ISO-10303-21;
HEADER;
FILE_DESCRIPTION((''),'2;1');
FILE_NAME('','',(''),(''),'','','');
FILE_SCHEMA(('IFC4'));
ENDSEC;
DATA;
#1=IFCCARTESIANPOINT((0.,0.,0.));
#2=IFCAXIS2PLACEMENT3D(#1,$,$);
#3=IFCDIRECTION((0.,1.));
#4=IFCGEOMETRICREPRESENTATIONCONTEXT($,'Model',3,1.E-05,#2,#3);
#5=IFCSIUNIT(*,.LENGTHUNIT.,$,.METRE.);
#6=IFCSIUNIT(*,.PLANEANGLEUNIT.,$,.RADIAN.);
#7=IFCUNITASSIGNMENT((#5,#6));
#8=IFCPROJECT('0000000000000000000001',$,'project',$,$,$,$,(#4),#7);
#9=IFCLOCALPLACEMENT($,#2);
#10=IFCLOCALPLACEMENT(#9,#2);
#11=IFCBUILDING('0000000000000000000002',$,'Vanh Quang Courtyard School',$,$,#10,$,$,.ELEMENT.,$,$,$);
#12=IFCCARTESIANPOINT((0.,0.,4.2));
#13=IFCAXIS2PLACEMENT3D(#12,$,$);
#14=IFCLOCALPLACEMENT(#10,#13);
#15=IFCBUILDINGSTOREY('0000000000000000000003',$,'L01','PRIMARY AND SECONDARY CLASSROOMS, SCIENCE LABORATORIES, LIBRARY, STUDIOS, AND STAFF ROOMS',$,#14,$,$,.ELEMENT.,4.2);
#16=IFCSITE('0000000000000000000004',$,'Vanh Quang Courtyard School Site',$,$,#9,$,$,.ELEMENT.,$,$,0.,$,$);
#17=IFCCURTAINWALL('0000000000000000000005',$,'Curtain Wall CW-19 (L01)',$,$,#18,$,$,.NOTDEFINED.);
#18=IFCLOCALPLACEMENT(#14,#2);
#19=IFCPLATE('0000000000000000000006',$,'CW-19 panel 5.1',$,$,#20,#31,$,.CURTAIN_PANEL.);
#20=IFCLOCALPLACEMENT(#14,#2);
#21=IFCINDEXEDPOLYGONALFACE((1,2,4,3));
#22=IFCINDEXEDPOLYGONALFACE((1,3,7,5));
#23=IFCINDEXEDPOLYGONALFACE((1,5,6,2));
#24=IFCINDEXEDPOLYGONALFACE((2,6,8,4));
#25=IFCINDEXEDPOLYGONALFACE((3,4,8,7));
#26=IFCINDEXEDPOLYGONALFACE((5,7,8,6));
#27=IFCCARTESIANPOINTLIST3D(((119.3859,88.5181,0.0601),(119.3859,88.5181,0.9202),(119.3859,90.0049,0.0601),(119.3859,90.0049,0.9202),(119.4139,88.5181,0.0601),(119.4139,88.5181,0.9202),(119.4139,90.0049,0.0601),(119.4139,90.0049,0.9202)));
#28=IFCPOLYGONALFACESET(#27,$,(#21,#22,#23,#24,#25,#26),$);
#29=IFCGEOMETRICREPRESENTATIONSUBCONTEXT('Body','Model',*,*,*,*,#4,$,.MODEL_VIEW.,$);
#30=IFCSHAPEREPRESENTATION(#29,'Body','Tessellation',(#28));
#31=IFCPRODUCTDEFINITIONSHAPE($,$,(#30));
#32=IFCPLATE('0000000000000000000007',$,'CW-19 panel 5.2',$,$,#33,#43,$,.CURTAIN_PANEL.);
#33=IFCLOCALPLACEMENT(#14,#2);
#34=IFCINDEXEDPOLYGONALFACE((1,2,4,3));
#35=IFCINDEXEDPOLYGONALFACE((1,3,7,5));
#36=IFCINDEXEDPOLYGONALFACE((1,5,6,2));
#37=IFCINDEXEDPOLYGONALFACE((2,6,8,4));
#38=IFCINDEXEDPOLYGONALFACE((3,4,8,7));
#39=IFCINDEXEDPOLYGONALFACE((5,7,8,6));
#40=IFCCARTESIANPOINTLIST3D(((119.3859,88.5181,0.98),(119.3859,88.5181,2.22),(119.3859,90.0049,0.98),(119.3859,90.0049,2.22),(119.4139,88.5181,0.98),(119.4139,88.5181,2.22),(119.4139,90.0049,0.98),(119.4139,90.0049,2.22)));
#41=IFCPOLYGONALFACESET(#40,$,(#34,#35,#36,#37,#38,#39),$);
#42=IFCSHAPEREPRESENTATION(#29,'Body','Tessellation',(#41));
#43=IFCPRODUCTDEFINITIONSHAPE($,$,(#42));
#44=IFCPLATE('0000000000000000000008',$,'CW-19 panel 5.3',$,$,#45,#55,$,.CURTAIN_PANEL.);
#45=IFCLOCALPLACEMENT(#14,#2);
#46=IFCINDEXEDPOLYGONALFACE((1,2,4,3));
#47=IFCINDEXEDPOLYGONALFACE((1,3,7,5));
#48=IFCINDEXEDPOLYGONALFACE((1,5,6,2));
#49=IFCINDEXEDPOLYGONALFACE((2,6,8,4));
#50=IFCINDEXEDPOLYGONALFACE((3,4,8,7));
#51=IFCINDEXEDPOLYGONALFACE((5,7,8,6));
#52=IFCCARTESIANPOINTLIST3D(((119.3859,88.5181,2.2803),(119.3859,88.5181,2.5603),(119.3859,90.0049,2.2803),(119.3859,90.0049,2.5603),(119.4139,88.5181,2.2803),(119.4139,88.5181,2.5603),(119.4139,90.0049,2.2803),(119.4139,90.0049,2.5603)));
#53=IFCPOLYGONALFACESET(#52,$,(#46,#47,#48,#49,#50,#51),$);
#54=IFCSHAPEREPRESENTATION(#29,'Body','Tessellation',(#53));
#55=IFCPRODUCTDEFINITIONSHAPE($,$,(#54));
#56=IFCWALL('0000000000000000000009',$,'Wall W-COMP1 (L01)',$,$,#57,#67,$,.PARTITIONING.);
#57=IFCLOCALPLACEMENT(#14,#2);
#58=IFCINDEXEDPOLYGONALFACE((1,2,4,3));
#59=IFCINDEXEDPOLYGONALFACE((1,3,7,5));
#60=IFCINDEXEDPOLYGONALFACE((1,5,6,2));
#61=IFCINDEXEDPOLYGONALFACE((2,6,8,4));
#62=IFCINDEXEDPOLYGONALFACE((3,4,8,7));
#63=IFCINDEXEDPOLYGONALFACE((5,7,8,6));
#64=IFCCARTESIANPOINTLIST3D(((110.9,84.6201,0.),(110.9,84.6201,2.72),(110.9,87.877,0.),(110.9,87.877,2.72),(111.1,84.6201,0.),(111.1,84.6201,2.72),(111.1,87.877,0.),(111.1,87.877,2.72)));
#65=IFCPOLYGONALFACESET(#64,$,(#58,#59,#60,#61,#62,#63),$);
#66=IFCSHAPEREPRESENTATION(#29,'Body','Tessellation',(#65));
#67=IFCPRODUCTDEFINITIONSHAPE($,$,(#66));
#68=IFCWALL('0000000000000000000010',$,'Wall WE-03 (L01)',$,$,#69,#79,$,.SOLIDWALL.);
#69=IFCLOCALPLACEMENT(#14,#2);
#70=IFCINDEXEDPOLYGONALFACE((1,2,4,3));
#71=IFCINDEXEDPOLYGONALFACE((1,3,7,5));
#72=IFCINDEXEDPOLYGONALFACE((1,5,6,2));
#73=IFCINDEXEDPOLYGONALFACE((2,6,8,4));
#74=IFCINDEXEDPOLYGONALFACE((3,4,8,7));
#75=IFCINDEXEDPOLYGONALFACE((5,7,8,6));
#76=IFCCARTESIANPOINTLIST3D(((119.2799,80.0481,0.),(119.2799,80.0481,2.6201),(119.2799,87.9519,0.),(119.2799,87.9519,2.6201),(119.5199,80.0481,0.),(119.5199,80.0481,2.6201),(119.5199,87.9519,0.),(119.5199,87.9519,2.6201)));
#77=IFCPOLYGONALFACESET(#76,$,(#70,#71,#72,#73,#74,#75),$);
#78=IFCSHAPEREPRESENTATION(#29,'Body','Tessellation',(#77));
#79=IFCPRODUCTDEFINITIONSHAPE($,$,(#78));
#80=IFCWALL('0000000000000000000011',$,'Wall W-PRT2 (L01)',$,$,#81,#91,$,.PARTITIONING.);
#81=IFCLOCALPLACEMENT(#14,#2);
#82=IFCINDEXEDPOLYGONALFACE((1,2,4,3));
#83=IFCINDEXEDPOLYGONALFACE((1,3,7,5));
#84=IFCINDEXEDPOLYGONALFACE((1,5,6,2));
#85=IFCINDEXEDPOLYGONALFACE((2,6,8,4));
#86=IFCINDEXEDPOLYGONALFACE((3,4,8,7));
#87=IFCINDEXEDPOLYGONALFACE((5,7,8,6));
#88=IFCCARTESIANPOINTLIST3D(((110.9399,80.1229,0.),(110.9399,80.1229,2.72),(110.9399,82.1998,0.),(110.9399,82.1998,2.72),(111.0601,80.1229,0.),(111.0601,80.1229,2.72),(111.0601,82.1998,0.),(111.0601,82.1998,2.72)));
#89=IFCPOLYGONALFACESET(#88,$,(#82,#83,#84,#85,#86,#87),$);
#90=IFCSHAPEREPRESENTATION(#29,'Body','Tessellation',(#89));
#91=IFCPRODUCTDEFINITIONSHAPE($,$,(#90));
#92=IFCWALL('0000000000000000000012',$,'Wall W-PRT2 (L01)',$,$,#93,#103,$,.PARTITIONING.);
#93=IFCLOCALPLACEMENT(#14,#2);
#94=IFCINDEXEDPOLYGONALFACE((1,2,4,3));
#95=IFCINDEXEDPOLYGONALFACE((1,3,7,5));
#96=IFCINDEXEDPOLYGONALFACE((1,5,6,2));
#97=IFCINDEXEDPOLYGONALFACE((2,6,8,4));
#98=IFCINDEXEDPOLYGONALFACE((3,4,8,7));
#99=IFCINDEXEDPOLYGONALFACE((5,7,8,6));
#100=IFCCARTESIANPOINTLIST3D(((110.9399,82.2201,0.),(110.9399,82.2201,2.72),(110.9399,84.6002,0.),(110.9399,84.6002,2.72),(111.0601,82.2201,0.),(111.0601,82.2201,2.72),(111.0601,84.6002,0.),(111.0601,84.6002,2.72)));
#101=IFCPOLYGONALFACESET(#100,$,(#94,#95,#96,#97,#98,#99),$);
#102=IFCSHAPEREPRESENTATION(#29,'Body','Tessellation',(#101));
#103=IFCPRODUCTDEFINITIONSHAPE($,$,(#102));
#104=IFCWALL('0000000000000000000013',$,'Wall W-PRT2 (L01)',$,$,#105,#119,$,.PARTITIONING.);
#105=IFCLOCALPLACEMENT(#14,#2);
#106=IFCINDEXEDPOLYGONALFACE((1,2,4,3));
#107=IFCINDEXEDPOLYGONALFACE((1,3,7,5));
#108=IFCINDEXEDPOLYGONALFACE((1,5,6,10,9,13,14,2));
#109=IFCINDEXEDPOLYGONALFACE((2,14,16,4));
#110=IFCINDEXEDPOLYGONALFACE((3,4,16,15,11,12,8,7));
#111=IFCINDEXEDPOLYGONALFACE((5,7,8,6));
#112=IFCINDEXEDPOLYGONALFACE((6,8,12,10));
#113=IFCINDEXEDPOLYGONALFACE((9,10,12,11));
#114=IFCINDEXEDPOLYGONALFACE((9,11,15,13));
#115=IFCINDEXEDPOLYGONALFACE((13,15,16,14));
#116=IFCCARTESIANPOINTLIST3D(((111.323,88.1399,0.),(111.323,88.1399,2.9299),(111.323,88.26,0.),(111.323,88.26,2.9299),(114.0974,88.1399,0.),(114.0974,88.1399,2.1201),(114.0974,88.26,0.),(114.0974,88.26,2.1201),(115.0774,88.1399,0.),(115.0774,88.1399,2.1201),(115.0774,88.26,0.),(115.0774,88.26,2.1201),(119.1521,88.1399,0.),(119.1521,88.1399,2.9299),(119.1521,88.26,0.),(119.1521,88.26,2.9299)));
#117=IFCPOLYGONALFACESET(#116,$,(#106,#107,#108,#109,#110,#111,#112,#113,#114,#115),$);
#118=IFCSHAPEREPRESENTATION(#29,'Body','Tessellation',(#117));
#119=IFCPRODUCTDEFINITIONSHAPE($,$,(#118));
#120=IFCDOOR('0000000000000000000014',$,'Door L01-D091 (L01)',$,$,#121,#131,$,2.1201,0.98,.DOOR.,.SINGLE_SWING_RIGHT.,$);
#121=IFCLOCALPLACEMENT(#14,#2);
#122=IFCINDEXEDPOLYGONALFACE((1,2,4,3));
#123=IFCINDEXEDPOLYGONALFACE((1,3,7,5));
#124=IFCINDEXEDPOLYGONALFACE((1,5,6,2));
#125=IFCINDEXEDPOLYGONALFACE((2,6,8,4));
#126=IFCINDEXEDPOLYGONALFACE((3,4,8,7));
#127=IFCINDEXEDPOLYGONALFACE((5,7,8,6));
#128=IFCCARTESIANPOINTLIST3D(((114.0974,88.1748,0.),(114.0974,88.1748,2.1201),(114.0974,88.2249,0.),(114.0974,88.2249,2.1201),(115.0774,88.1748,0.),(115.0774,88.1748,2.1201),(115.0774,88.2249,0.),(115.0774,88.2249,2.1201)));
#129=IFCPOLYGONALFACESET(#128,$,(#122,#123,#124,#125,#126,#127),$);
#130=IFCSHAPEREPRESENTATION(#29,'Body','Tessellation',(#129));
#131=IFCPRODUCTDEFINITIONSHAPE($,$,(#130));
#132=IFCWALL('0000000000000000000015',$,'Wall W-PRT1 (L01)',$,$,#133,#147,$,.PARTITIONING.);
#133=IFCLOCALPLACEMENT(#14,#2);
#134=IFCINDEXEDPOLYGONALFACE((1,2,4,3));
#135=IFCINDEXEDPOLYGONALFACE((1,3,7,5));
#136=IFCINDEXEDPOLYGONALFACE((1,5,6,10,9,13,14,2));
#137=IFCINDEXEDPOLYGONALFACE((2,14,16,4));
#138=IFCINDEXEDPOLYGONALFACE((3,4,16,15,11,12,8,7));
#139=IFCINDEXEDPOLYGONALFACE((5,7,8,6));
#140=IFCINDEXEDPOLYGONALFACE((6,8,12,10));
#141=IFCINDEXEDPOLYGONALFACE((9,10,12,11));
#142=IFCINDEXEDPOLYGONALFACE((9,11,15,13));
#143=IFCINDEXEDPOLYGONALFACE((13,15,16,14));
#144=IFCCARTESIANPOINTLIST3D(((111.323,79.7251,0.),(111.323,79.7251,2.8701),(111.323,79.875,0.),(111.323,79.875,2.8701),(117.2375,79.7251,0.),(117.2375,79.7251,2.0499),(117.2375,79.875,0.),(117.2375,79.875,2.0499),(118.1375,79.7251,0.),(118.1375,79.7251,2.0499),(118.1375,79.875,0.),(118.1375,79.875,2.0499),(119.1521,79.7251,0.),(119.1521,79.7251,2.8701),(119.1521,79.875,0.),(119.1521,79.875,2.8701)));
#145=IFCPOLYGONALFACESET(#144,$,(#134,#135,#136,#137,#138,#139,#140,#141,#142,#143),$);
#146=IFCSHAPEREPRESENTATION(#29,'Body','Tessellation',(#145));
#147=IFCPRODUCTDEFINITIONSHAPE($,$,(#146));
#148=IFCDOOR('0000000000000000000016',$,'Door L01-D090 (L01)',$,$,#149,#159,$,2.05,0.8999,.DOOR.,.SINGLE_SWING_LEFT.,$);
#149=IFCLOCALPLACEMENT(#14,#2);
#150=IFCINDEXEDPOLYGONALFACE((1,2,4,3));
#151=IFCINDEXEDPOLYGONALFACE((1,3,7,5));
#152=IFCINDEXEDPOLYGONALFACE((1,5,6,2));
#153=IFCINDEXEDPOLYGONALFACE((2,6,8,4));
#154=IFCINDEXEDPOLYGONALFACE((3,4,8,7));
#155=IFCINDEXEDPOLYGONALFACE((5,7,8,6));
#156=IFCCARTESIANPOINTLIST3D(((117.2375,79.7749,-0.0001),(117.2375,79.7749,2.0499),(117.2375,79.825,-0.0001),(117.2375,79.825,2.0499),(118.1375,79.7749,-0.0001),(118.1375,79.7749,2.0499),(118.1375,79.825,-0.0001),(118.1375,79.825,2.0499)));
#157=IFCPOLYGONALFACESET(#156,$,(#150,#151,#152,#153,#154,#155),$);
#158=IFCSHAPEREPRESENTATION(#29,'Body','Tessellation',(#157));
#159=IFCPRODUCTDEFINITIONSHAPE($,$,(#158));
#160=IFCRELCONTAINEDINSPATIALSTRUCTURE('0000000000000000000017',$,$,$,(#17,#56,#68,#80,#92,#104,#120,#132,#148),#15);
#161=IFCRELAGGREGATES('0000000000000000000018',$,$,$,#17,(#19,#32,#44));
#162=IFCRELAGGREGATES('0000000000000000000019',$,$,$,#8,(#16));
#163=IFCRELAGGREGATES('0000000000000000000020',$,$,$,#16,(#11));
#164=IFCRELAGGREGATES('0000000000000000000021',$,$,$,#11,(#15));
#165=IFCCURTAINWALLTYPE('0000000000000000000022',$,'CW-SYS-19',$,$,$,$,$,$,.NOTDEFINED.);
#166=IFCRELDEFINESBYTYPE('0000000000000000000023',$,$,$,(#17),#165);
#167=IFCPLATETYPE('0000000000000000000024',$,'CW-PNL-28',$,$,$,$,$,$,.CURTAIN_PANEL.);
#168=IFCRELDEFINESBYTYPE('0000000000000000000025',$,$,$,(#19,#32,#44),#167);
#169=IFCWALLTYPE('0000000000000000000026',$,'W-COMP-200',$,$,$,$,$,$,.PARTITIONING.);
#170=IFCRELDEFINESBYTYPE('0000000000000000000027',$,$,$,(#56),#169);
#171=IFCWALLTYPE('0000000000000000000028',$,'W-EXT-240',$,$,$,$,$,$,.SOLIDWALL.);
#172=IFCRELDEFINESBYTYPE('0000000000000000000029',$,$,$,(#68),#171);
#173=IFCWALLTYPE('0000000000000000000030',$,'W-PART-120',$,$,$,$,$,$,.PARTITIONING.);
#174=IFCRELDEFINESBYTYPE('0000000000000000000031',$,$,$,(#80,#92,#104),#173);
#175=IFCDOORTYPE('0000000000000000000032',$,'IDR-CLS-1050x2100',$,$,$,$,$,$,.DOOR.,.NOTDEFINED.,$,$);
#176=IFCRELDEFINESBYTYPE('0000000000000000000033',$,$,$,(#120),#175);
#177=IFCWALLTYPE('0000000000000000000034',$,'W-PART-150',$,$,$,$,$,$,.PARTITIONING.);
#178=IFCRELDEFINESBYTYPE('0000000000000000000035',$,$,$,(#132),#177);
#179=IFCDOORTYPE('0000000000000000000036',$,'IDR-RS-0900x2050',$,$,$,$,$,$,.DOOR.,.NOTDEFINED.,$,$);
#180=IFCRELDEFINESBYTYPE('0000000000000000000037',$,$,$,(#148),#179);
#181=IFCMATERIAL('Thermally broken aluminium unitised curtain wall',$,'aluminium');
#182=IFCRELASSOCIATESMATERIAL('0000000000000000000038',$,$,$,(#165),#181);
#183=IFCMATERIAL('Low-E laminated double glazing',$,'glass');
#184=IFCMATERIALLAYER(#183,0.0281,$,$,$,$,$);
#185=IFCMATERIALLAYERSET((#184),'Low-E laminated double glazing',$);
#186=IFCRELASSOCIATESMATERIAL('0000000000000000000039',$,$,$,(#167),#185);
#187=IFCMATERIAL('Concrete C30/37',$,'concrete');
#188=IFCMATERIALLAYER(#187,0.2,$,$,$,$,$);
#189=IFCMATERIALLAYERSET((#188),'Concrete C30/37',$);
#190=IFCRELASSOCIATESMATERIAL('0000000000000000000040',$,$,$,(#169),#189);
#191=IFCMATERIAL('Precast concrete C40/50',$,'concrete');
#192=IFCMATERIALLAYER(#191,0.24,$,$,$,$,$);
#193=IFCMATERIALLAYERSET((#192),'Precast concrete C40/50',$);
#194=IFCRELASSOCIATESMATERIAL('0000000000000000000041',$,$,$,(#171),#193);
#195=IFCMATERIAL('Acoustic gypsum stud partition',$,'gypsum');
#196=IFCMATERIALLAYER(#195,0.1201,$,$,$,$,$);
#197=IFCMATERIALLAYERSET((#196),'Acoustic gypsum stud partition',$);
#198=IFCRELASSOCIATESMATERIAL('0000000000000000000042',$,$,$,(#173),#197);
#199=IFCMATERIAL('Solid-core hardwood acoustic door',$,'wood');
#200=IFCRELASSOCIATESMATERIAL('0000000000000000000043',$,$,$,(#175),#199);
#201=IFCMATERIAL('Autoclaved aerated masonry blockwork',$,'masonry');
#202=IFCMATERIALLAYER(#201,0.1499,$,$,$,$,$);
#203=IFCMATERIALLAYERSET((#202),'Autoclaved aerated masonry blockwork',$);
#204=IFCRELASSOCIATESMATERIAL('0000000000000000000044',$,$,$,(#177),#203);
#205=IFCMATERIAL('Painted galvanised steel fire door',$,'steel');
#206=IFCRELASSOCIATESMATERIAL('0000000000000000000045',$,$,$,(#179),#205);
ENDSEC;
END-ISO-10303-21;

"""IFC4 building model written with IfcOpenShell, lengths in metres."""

from ifc_helpers import new_model, si_unit, direction, frame, frame_2d, origin, origin_2d, place, context, subcontext, project, spatial, rectangle, extrude, material, layer, layer_set, type_object, element, fill, aggregate, save


model = new_model("IFC4")

# Units and contexts
model_context = context("Model", 3, precision=1e-05, world=origin(), true_north=direction((0.0, 1.0)))
body_context = subcontext(model_context, "Body", "Model", "MODEL_VIEW")
ifc_project = project(units=[si_unit("LENGTHUNIT", "METRE"), si_unit("PLANEANGLEUNIT", "RADIAN")], contexts=[model_context])

# Site, building, storey
site_placement = place(None, origin())
site = spatial("IfcSite", under=ifc_project, at=site_placement, Name="Vanh Quang Courtyard School Site", CompositionType="ELEMENT", RefElevation=0.0)
building_placement = place(site_placement, origin())
building = spatial("IfcBuilding", under=site, at=building_placement, Name="Vanh Quang Courtyard School", CompositionType="ELEMENT")
storey_placement = place(building_placement, frame((0.0, 0.0, 4.2)))
storey = spatial("IfcBuildingStorey", under=building, at=storey_placement, Name="L01", Description="PRIMARY AND SECONDARY CLASSROOMS, SCIENCE LABORATORIES, LIBRARY, STUDIOS, AND STAFF ROOMS", CompositionType="ELEMENT", Elevation=4.2)

# Curtain wall
ifc_material_1 = material(Name="Thermally broken aluminium unitised curtain wall", Category="aluminium")
curtain_wall_type = type_object("IfcCurtainWallType", Name="CW-SYS-19", PredefinedType="NOTDEFINED", material=ifc_material_1)
curtain_wall_placement = place(storey_placement, origin())
curtain_wall = element("IfcCurtainWall", 1, at=curtain_wall_placement, inside=storey, type_object=curtain_wall_type, Name="Curtain Wall CW-19 (L01)", PredefinedType="NOTDEFINED")

# Plates
ifc_material_2 = material(Name="Low-E laminated double glazing", Category="glass")
ifc_layer_1 = layer(ifc_material_2, 0.0281)
ifc_layer_set_1 = layer_set([ifc_layer_1], Name="Low-E laminated double glazing")
plate_type = type_object("IfcPlateType", Name="CW-PNL-28", PredefinedType="CURTAIN_PANEL", material=ifc_layer_set_1)
plate_1_placement = place(storey_placement, frame((119.3999, 89.2615, 0.0601), z_axis=(0.0, 0.0, 1.0), x_axis=(0.0, -1.0, 0.0)))
plate_1 = element("IfcPlate", 2, at=plate_1_placement, type_object=plate_type, Name="CW-19 panel 5.1", PredefinedType="CURTAIN_PANEL", context=body_context, shape_type="SweptSolid", body=[
    extrude(rectangle(XDim=1.4868, YDim=0.0281, at=origin_2d()), origin(), (0.0, 0.0, 1.0), 0.8601),
])
plate_2_placement = place(storey_placement, frame((119.3999, 89.2615, 0.98), z_axis=(0.0, 0.0, 1.0), x_axis=(0.0, -1.0, 0.0)))
plate_2 = element("IfcPlate", 3, at=plate_2_placement, type_object=plate_type, Name="CW-19 panel 5.2", PredefinedType="CURTAIN_PANEL", context=body_context, shape_type="SweptSolid", body=[
    extrude(rectangle(XDim=1.4868, YDim=0.0281, at=origin_2d()), origin(), (0.0, 0.0, 1.0), 1.24),
])
plate_3_placement = place(storey_placement, frame((119.3999, 89.2615, 2.2803), z_axis=(0.0, 0.0, 1.0), x_axis=(0.0, -1.0, 0.0)))
plate_3 = element("IfcPlate", 4, at=plate_3_placement, type_object=plate_type, Name="CW-19 panel 5.3", PredefinedType="CURTAIN_PANEL", context=body_context, shape_type="SweptSolid", body=[
    extrude(rectangle(XDim=1.4868, YDim=0.0281, at=origin_2d()), origin(), (0.0, 0.0, 1.0), 0.28),
])
aggregate(curtain_wall, [plate_1, plate_2, plate_3])

# Walls
ifc_material_3 = material(Name="Concrete C30/37", Category="concrete")
ifc_layer_2 = layer(ifc_material_3, 0.2)
ifc_layer_set_2 = layer_set([ifc_layer_2], Name="Concrete C30/37")
wall_type_1 = type_object("IfcWallType", Name="W-COMP-200", PredefinedType="PARTITIONING", material=ifc_layer_set_2)
wall_1_placement = place(storey_placement, frame((111.0, 87.877, 0.0), z_axis=(0.0, 0.0, 1.0), x_axis=(0.0, -1.0, 0.0)))
element("IfcWall", 5, at=wall_1_placement, inside=storey, type_object=wall_type_1, Name="Wall W-COMP1 (L01)", PredefinedType="PARTITIONING", context=body_context, shape_type="SweptSolid", body=[
    extrude(rectangle(XDim=3.2568, YDim=0.2, at=frame_2d((1.6284, 0.0))), origin(), (0.0, 0.0, 1.0), 2.72),
])
ifc_material_4 = material(Name="Precast concrete C40/50", Category="concrete")
ifc_layer_3 = layer(ifc_material_4, 0.24)
ifc_layer_set_3 = layer_set([ifc_layer_3], Name="Precast concrete C40/50")
wall_type_2 = type_object("IfcWallType", Name="W-EXT-240", PredefinedType="SOLIDWALL", material=ifc_layer_set_3)
wall_2_placement = place(storey_placement, frame((119.3999, 87.9519, 0.0), z_axis=(0.0, 0.0, 1.0), x_axis=(0.0, -1.0, 0.0)))
element("IfcWall", 6, at=wall_2_placement, inside=storey, type_object=wall_type_2, Name="Wall WE-03 (L01)", PredefinedType="SOLIDWALL", context=body_context, shape_type="SweptSolid", body=[
    extrude(rectangle(XDim=7.9038, YDim=0.24, at=frame_2d((3.9519, 0.0))), origin(), (0.0, 0.0, 1.0), 2.6201),
])
ifc_material_5 = material(Name="Acoustic gypsum stud partition", Category="gypsum")
ifc_layer_4 = layer(ifc_material_5, 0.1201)
ifc_layer_set_4 = layer_set([ifc_layer_4], Name="Acoustic gypsum stud partition")
wall_type_3 = type_object("IfcWallType", Name="W-PART-120", PredefinedType="PARTITIONING", material=ifc_layer_set_4)
wall_3_placement = place(storey_placement, frame((111.0, 82.2, 0.0), z_axis=(0.0, 0.0, 1.0), x_axis=(0.0, -1.0, 0.0)))
element("IfcWall", 7, at=wall_3_placement, inside=storey, type_object=wall_type_3, Name="Wall W-PRT2 (L01)", PredefinedType="PARTITIONING", context=body_context, shape_type="SweptSolid", body=[
    extrude(rectangle(XDim=2.0769, YDim=0.1201, at=frame_2d((1.0386, 0.0))), origin(), (0.0, 0.0, 1.0), 2.72),
])
wall_4_placement = place(storey_placement, frame((111.0, 84.6001, 0.0), z_axis=(0.0, 0.0, 1.0), x_axis=(0.0, -1.0, 0.0)))
element("IfcWall", 8, at=wall_4_placement, inside=storey, type_object=wall_type_3, Name="Wall W-PRT2 (L01)", PredefinedType="PARTITIONING", context=body_context, shape_type="SweptSolid", body=[
    extrude(rectangle(XDim=2.3801, YDim=0.1201, at=frame_2d((1.1899, 0.0))), origin(), (0.0, 0.0, 1.0), 2.72),
])

# Walls, openings, doors
wall_5_placement = place(storey_placement, frame((111.323, 88.2, 0.0), z_axis=(0.0, 0.0, 1.0), x_axis=(1.0, 0.0, 0.0)))
wall_5 = element("IfcWall", 9, at=wall_5_placement, inside=storey, type_object=wall_type_3, Name="Wall W-PRT2 (L01)", PredefinedType="PARTITIONING", context=body_context, shape_type="SweptSolid", body=[
    extrude(rectangle(XDim=7.8291, YDim=0.1201, at=frame_2d((3.9146, 0.0))), origin(), (0.0, 0.0, 1.0), 2.9299),
])
opening_1_placement = place(wall_5_placement, frame((2.7744, 0.0, 0.0)))
opening_1 = element("IfcOpeningElement", 10, at=opening_1_placement, cuts=wall_5, PredefinedType="OPENING", context=body_context, shape_type="SweptSolid", body=[
    extrude(rectangle(XDim=0.98, YDim=2.1201, at=frame_2d((0.49, 1.0601))), frame((0.0, 0.0701, 0.0), z_axis=(0.0, -1.0, 0.0), x_axis=(1.0, 0.0, 0.0)), (0.0, 0.0, 1.0), 0.1401),
])
ifc_material_6 = material(Name="Solid-core hardwood acoustic door", Category="wood")
door_type_1 = type_object("IfcDoorType", Name="IDR-CLS-1050x2100", OperationType="NOTDEFINED", PredefinedType="DOOR", material=ifc_material_6)
door_1_placement = place(opening_1_placement, origin())
door_1 = element("IfcDoor", 11, at=door_1_placement, inside=storey, type_object=door_type_1, Name="Door L01-D091 (L01)", OperationType="SINGLE_SWING_RIGHT", OverallHeight=2.1201, OverallWidth=0.98, PredefinedType="DOOR", context=body_context, shape_type="SweptSolid", body=[
    extrude(rectangle(XDim=0.98, YDim=2.1201, at=frame_2d((0.49, 1.0601))), frame((0.0, 0.0249, 0.0), z_axis=(0.0, -1.0, 0.0), x_axis=(1.0, 0.0, 0.0)), (0.0, 0.0, 1.0), 0.05),
])
fill(opening_1, door_1)
ifc_material_7 = material(Name="Autoclaved aerated masonry blockwork", Category="masonry")
ifc_layer_5 = layer(ifc_material_7, 0.1499)
ifc_layer_set_5 = layer_set([ifc_layer_5], Name="Autoclaved aerated masonry blockwork")
wall_type_4 = type_object("IfcWallType", Name="W-PART-150", PredefinedType="PARTITIONING", material=ifc_layer_set_5)
wall_6_placement = place(storey_placement, frame((111.323, 79.8, 0.0), z_axis=(0.0, 0.0, 1.0), x_axis=(1.0, 0.0, 0.0)))
wall_6 = element("IfcWall", 12, at=wall_6_placement, inside=storey, type_object=wall_type_4, Name="Wall W-PRT1 (L01)", PredefinedType="PARTITIONING", context=body_context, shape_type="SweptSolid", body=[
    extrude(rectangle(XDim=7.8291, YDim=0.1499, at=frame_2d((3.9146, 0.0))), origin(), (0.0, 0.0, 1.0), 2.8701),
])
opening_2_placement = place(wall_6_placement, frame((5.9146, 0.0, 0.0)))
opening_2 = element("IfcOpeningElement", 13, at=opening_2_placement, cuts=wall_6, PredefinedType="OPENING", context=body_context, shape_type="SweptSolid", body=[
    extrude(rectangle(XDim=0.8999, YDim=2.05, at=frame_2d((0.45, 1.0249))), frame((0.0, 0.085, 0.0), z_axis=(0.0, -1.0, 0.0), x_axis=(1.0, 0.0, 0.0)), (0.0, 0.0, 1.0), 0.1699),
])
ifc_material_8 = material(Name="Painted galvanised steel fire door", Category="steel")
door_type_2 = type_object("IfcDoorType", Name="IDR-RS-0900x2050", OperationType="NOTDEFINED", PredefinedType="DOOR", material=ifc_material_8)
door_2_placement = place(opening_2_placement, origin())
door_2 = element("IfcDoor", 14, at=door_2_placement, inside=storey, type_object=door_type_2, Name="Door L01-D090 (L01)", OperationType="SINGLE_SWING_LEFT", OverallHeight=2.05, OverallWidth=0.8999, PredefinedType="DOOR", context=body_context, shape_type="SweptSolid", body=[
    extrude(rectangle(XDim=0.8999, YDim=2.05, at=frame_2d((0.45, 1.0249))), frame((0.0, 0.0249, 0.0), z_axis=(0.0, -1.0, 0.0), x_axis=(1.0, 0.0, 0.0)), (0.0, 0.0, 1.0), 0.05),
])
fill(opening_2, door_2)

save(model, "model.ifc")
